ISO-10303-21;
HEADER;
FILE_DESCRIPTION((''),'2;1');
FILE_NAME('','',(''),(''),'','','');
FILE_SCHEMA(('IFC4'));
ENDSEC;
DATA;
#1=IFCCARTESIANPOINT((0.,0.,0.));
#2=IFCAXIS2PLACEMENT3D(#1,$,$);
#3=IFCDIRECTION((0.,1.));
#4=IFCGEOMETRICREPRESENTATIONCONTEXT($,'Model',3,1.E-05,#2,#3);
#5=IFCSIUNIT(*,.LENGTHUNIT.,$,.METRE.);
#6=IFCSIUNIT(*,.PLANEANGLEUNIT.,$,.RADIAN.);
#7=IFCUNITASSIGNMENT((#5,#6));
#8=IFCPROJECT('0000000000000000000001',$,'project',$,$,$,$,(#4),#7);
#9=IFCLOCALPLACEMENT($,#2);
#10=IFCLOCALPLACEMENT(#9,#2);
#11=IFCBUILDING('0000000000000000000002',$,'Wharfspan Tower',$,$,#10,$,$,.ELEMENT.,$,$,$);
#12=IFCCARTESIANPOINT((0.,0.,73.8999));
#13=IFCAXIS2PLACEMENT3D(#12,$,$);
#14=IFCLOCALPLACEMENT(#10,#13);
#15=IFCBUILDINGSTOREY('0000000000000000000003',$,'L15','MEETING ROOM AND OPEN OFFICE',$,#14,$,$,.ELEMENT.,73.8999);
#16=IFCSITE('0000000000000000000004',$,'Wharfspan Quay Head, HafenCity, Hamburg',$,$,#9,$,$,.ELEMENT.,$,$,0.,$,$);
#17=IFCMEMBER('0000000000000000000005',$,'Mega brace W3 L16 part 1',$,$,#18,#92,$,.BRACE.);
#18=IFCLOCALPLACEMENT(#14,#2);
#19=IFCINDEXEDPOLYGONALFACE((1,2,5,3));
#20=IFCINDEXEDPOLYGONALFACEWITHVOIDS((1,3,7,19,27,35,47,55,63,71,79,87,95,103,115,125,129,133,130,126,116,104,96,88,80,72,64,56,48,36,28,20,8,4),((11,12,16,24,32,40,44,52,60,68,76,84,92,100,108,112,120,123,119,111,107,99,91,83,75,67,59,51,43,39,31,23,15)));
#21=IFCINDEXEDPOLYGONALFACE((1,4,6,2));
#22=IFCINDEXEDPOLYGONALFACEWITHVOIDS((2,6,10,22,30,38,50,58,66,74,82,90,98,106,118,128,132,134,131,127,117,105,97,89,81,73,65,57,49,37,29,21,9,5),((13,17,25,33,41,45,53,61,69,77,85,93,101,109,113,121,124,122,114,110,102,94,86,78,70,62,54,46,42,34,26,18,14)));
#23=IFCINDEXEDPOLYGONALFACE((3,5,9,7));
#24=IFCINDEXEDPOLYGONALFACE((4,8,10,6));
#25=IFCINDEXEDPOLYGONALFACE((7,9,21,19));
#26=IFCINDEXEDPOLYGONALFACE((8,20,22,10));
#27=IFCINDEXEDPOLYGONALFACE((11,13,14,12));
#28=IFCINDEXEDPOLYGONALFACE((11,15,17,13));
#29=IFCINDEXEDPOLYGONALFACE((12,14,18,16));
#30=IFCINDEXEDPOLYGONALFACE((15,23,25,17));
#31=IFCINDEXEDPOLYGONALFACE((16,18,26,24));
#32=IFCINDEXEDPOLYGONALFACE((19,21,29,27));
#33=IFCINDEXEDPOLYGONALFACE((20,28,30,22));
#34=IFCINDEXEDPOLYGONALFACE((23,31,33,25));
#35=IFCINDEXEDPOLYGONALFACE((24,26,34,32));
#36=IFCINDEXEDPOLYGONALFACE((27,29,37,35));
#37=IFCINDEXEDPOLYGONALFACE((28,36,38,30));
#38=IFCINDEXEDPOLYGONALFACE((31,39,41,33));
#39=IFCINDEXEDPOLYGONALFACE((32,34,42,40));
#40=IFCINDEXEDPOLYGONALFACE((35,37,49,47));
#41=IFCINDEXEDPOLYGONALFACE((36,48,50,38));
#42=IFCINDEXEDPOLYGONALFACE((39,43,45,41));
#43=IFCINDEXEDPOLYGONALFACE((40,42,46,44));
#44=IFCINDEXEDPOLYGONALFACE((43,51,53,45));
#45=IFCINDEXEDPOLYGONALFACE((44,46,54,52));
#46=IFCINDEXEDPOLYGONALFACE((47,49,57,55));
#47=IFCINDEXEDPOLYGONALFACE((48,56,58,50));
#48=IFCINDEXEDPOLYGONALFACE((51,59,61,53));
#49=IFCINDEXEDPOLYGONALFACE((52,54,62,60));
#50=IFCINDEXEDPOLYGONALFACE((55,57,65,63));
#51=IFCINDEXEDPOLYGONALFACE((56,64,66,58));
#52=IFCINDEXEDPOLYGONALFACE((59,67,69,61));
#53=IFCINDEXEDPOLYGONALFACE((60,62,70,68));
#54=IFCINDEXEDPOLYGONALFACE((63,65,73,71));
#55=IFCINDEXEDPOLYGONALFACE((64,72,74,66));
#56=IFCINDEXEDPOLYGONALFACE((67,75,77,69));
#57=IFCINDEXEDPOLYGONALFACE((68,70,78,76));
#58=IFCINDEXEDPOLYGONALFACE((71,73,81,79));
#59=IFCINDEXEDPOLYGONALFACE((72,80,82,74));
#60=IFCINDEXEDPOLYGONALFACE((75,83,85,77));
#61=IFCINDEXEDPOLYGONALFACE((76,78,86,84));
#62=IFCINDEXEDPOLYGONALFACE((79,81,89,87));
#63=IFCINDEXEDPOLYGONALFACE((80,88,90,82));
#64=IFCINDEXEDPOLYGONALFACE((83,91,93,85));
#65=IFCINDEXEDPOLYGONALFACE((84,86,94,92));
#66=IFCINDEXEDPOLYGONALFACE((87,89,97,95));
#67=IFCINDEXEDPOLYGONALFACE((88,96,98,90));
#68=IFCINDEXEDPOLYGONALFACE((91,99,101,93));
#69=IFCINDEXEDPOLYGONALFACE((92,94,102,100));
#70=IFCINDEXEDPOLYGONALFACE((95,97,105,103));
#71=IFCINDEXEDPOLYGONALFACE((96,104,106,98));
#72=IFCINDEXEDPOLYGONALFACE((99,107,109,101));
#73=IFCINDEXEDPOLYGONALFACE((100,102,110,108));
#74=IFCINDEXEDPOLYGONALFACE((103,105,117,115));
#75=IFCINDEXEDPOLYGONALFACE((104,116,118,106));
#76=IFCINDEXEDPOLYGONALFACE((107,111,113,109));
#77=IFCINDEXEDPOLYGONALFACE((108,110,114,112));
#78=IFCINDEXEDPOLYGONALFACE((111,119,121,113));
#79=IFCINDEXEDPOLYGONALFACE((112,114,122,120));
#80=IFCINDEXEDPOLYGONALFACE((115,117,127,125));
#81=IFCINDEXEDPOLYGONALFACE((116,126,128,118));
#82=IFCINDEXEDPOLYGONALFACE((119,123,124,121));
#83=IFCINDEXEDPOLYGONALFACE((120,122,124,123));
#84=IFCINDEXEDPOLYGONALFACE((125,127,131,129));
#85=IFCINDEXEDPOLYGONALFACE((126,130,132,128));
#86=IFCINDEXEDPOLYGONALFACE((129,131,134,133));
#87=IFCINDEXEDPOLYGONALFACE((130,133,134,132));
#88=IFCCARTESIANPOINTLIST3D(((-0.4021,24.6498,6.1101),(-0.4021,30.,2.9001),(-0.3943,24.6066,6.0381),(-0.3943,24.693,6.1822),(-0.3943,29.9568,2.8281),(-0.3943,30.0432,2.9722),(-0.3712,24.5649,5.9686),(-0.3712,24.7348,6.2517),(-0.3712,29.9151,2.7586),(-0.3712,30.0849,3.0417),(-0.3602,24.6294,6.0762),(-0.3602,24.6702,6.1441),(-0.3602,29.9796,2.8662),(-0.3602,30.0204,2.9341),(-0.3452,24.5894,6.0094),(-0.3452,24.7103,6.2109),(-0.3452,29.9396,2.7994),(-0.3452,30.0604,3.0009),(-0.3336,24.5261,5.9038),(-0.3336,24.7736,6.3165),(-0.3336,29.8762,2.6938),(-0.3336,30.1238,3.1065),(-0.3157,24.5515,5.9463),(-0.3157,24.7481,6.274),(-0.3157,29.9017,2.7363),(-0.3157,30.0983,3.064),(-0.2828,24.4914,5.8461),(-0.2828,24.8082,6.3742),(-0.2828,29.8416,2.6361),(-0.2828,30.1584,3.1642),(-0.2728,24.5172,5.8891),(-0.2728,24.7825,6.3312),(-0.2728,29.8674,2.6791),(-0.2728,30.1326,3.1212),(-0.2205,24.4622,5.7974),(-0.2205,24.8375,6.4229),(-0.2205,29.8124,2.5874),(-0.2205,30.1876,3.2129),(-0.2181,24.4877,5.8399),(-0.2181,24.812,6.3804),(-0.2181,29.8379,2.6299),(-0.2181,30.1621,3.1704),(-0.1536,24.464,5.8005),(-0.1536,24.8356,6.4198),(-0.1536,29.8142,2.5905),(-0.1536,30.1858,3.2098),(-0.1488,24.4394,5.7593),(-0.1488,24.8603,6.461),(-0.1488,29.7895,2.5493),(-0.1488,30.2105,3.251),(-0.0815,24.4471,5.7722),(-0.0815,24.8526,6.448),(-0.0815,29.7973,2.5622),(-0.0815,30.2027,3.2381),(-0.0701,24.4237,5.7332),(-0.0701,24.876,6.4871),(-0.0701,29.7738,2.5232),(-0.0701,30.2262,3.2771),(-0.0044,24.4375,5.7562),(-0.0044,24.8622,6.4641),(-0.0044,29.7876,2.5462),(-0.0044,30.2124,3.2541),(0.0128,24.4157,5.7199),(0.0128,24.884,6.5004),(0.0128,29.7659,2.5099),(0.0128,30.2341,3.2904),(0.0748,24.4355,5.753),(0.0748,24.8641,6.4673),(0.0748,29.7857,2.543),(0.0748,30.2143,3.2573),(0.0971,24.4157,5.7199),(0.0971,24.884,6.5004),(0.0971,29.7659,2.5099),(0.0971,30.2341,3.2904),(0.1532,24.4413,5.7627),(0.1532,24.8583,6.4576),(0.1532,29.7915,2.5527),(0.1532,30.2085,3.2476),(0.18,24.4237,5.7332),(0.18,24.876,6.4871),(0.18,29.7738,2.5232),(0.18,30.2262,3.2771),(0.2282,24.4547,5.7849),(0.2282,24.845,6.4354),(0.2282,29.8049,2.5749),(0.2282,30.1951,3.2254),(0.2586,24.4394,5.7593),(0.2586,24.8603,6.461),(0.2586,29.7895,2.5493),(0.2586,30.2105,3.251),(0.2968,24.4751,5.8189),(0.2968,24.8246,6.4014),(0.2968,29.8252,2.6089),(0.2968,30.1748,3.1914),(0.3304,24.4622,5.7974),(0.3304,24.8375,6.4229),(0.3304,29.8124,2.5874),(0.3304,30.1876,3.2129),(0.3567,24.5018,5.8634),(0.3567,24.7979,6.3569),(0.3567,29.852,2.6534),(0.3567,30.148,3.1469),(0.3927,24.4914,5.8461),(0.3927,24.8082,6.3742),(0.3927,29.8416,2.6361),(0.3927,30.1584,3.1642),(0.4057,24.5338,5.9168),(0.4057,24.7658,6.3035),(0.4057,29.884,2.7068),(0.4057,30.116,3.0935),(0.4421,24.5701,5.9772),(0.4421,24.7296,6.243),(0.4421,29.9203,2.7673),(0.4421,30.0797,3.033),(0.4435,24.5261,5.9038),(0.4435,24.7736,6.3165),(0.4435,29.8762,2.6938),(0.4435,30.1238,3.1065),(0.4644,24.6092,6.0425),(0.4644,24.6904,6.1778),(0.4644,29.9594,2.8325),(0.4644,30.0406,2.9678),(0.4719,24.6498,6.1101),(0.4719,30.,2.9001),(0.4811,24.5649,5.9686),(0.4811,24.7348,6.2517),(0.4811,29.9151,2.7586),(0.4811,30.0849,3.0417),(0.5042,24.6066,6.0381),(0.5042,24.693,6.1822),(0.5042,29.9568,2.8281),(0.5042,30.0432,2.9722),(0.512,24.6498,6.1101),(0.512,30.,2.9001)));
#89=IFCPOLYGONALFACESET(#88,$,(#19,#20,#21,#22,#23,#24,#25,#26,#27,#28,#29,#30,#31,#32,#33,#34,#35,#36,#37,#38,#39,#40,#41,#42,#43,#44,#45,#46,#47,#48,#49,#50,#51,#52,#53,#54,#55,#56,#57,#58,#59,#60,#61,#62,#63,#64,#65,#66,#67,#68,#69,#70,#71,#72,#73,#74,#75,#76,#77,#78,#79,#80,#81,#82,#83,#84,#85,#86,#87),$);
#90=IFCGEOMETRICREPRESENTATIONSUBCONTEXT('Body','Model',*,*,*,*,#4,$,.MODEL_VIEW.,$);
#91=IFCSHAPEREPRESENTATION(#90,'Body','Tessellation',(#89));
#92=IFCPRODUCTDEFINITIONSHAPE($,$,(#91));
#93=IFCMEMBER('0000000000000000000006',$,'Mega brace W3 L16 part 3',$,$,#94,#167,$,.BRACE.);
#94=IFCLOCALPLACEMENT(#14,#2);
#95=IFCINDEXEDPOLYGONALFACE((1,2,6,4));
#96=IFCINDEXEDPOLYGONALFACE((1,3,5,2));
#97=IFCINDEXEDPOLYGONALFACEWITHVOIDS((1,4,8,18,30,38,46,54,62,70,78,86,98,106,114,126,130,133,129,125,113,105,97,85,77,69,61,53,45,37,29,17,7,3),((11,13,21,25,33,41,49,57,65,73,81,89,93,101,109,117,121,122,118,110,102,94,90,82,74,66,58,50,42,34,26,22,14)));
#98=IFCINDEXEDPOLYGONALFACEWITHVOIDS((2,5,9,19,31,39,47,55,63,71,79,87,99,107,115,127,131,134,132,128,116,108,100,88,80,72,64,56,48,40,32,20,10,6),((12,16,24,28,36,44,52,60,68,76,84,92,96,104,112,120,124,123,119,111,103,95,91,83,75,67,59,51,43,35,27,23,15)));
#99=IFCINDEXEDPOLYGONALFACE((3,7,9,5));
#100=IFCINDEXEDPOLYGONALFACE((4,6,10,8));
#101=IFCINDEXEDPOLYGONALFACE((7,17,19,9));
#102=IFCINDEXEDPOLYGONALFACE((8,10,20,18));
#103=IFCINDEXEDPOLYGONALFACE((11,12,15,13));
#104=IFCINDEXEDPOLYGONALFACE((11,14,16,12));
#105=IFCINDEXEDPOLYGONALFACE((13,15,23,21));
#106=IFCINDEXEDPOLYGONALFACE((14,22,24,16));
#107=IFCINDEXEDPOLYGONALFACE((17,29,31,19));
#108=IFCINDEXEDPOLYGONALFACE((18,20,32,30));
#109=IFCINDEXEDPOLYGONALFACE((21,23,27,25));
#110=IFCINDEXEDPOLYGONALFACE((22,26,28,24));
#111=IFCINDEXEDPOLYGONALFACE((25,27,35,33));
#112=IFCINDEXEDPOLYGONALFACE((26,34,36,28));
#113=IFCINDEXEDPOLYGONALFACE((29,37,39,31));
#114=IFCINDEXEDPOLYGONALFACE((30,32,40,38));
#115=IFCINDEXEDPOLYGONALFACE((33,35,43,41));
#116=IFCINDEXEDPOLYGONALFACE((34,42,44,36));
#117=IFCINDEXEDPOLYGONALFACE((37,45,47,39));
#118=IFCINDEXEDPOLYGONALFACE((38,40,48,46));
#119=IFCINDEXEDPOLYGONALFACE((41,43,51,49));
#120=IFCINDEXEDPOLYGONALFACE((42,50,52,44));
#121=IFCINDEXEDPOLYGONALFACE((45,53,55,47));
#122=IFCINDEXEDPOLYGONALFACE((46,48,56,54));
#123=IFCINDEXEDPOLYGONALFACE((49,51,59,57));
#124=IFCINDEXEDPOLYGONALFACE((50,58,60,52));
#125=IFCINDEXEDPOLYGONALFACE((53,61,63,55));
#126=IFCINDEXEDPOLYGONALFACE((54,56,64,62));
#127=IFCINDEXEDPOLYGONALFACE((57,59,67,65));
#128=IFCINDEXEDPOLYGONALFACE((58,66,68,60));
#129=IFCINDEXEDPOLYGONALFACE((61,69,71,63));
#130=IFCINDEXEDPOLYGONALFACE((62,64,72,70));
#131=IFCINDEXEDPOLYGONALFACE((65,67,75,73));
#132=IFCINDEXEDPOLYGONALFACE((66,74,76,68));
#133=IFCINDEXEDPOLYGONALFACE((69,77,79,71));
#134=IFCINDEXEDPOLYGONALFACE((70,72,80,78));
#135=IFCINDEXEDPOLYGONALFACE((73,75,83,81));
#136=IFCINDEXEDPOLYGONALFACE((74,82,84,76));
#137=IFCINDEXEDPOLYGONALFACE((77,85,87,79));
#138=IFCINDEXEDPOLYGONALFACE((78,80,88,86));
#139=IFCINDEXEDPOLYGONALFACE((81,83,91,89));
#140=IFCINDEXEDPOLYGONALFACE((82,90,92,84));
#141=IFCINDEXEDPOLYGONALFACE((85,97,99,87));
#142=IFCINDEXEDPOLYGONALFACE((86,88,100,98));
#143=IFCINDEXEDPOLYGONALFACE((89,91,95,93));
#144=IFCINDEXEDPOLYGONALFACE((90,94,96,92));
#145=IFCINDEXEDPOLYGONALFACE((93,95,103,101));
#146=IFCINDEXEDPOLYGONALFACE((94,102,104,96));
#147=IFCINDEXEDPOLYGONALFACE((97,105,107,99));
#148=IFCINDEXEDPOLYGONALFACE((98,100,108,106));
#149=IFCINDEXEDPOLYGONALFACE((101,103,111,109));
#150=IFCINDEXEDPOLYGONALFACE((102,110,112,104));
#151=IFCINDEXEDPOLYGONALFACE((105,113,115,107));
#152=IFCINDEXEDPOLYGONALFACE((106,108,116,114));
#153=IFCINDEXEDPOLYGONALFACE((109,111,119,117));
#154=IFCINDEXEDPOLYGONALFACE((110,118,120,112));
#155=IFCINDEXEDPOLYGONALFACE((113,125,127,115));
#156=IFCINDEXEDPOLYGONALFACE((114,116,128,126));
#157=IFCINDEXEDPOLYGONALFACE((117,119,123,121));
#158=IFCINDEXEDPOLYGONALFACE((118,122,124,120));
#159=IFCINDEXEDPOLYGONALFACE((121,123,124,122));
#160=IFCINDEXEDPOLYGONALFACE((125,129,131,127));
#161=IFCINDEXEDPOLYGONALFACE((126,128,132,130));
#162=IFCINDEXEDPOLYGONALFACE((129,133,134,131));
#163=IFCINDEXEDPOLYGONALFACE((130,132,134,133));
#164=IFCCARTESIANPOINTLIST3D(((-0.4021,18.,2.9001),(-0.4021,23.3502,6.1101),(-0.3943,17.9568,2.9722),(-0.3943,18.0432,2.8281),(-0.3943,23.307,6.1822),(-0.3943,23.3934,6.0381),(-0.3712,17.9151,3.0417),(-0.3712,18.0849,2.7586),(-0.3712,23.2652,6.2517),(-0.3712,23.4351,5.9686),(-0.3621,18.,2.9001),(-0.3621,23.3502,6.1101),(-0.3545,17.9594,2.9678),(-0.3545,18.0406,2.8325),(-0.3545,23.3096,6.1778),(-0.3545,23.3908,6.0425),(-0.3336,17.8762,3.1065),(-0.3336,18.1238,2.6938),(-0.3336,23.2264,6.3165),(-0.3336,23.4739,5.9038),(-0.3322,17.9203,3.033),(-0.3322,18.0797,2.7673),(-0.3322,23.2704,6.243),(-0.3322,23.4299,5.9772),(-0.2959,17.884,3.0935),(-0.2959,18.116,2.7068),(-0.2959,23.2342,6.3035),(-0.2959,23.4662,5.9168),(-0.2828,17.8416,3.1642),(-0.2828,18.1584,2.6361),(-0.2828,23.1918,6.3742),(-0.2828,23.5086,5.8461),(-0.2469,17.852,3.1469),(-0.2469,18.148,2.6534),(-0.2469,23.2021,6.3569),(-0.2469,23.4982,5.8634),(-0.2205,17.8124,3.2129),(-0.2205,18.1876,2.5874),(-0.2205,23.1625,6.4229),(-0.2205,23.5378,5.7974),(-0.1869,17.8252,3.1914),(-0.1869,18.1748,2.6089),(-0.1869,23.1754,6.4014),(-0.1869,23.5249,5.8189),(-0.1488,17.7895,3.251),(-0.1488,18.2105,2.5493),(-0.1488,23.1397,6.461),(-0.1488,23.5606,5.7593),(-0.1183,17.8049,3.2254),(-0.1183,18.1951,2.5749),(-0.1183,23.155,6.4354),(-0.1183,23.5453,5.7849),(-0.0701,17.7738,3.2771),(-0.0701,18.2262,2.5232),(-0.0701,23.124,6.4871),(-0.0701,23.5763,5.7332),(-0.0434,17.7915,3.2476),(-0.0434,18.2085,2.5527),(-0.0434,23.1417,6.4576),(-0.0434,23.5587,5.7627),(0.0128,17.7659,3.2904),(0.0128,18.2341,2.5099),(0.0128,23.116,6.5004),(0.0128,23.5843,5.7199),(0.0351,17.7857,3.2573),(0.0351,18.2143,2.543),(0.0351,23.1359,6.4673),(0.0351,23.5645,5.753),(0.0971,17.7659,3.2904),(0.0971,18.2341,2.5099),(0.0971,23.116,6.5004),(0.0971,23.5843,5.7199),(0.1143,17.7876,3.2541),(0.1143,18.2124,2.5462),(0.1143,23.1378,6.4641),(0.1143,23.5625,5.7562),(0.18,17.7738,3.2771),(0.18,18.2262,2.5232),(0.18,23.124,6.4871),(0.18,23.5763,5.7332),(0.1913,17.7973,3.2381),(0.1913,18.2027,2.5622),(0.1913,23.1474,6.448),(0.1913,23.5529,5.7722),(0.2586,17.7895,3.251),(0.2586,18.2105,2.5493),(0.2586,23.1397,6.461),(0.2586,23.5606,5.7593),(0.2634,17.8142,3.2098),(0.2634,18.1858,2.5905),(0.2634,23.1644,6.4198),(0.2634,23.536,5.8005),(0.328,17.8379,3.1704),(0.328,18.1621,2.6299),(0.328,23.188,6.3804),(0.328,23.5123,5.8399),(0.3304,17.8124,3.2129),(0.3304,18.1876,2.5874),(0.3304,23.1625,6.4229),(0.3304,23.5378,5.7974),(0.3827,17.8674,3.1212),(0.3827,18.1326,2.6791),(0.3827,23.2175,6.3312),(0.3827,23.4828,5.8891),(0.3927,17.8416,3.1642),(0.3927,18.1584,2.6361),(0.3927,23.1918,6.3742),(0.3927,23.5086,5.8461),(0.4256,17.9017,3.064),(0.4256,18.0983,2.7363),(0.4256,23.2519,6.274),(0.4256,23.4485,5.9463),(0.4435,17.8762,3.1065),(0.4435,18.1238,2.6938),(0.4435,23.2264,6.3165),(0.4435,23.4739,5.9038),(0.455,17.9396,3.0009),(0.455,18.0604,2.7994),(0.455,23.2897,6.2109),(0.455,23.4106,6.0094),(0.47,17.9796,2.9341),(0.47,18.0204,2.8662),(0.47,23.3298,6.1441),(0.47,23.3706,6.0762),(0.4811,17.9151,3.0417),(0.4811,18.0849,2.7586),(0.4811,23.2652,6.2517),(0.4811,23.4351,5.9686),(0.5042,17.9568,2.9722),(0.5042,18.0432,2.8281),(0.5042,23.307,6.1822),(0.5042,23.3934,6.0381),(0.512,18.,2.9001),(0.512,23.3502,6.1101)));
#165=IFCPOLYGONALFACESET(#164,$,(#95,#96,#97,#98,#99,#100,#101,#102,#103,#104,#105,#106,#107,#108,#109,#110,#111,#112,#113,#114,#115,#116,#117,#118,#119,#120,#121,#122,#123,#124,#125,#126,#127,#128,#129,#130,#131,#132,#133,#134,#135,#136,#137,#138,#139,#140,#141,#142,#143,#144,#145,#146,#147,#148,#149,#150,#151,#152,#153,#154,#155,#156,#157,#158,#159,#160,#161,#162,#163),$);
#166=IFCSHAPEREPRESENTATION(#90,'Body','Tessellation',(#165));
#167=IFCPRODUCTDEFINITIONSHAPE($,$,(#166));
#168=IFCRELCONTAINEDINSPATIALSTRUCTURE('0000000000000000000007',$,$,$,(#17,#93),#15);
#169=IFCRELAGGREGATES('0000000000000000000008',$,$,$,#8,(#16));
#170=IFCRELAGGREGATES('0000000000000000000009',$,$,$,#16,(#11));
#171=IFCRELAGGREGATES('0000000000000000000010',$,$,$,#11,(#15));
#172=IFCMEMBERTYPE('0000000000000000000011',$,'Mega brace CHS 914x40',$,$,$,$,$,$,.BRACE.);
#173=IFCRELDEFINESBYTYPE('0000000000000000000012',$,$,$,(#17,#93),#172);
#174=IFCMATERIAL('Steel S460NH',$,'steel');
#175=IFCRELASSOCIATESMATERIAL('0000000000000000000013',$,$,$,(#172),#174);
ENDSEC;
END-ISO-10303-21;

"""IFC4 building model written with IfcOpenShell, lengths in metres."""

from ifc_helpers import new_model, si_unit, direction, frame, origin, origin_2d, place, context, subcontext, project, spatial, hollow_circle, extrude, material, material_profile, profile_set, type_object, element, save


model = new_model("IFC4")

# Units and contexts
model_context = context("Model", 3, precision=1e-05, world=origin(), true_north=direction((0.0, 1.0)))
body_context = subcontext(model_context, "Body", "Model", "MODEL_VIEW")
ifc_project = project(units=[si_unit("LENGTHUNIT", "METRE"), si_unit("PLANEANGLEUNIT", "RADIAN")], contexts=[model_context])

# Site, building, storey
site_placement = place(None, origin())
site = spatial("IfcSite", under=ifc_project, at=site_placement, Name="Wharfspan Quay Head, HafenCity, Hamburg", CompositionType="ELEMENT", RefElevation=0.0)
building_placement = place(site_placement, origin())
building = spatial("IfcBuilding", under=site, at=building_placement, Name="Wharfspan Tower", CompositionType="ELEMENT")
storey_placement = place(building_placement, frame((0.0, 0.0, 73.8999)))
storey = spatial("IfcBuildingStorey", under=building, at=storey_placement, Name="L15", Description="MEETING ROOM AND OPEN OFFICE", CompositionType="ELEMENT", Elevation=73.8999)

# Members
ifc_material_1 = material(Name="Steel S460NH", Category="steel")
ifc_material_profile_1 = material_profile(ifc_material_1, hollow_circle(Radius=0.457, WallThickness=0.04, at=origin_2d()))
ifc_profile_set_1 = profile_set([ifc_material_profile_1], Name="Steel S460NH")
member_type_1 = type_object("IfcMemberType", Name="Mega brace CHS 914x40", PredefinedType="BRACE", material=ifc_profile_set_1)
for number, where, z_axis, x_axis, name in (
    (1, (0.0549, 30.0, 2.9001), (0.0, -0.8575, 0.514484), (1.0, 0.0, 0.0), "Mega brace W3 L16 part 1"),
    (2, (0.0549, 18.0, 2.9001), (0.0, 0.8575, 0.514484), (-1.0, 0.0, 0.0), "Mega brace W3 L16 part 3"),
):
    element("IfcMember", number, at=place(storey_placement, frame(where, z_axis=z_axis, x_axis=x_axis)), inside=storey, type_object=member_type_1, Name=name, PredefinedType="BRACE", context=body_context, shape_type="SweptSolid", body=[
        extrude(hollow_circle(Radius=0.457, WallThickness=0.04, at=origin_2d()), origin(), (0.0, 0.0, 1.0), 6.2393),
    ])

save(model, "model.ifc")
